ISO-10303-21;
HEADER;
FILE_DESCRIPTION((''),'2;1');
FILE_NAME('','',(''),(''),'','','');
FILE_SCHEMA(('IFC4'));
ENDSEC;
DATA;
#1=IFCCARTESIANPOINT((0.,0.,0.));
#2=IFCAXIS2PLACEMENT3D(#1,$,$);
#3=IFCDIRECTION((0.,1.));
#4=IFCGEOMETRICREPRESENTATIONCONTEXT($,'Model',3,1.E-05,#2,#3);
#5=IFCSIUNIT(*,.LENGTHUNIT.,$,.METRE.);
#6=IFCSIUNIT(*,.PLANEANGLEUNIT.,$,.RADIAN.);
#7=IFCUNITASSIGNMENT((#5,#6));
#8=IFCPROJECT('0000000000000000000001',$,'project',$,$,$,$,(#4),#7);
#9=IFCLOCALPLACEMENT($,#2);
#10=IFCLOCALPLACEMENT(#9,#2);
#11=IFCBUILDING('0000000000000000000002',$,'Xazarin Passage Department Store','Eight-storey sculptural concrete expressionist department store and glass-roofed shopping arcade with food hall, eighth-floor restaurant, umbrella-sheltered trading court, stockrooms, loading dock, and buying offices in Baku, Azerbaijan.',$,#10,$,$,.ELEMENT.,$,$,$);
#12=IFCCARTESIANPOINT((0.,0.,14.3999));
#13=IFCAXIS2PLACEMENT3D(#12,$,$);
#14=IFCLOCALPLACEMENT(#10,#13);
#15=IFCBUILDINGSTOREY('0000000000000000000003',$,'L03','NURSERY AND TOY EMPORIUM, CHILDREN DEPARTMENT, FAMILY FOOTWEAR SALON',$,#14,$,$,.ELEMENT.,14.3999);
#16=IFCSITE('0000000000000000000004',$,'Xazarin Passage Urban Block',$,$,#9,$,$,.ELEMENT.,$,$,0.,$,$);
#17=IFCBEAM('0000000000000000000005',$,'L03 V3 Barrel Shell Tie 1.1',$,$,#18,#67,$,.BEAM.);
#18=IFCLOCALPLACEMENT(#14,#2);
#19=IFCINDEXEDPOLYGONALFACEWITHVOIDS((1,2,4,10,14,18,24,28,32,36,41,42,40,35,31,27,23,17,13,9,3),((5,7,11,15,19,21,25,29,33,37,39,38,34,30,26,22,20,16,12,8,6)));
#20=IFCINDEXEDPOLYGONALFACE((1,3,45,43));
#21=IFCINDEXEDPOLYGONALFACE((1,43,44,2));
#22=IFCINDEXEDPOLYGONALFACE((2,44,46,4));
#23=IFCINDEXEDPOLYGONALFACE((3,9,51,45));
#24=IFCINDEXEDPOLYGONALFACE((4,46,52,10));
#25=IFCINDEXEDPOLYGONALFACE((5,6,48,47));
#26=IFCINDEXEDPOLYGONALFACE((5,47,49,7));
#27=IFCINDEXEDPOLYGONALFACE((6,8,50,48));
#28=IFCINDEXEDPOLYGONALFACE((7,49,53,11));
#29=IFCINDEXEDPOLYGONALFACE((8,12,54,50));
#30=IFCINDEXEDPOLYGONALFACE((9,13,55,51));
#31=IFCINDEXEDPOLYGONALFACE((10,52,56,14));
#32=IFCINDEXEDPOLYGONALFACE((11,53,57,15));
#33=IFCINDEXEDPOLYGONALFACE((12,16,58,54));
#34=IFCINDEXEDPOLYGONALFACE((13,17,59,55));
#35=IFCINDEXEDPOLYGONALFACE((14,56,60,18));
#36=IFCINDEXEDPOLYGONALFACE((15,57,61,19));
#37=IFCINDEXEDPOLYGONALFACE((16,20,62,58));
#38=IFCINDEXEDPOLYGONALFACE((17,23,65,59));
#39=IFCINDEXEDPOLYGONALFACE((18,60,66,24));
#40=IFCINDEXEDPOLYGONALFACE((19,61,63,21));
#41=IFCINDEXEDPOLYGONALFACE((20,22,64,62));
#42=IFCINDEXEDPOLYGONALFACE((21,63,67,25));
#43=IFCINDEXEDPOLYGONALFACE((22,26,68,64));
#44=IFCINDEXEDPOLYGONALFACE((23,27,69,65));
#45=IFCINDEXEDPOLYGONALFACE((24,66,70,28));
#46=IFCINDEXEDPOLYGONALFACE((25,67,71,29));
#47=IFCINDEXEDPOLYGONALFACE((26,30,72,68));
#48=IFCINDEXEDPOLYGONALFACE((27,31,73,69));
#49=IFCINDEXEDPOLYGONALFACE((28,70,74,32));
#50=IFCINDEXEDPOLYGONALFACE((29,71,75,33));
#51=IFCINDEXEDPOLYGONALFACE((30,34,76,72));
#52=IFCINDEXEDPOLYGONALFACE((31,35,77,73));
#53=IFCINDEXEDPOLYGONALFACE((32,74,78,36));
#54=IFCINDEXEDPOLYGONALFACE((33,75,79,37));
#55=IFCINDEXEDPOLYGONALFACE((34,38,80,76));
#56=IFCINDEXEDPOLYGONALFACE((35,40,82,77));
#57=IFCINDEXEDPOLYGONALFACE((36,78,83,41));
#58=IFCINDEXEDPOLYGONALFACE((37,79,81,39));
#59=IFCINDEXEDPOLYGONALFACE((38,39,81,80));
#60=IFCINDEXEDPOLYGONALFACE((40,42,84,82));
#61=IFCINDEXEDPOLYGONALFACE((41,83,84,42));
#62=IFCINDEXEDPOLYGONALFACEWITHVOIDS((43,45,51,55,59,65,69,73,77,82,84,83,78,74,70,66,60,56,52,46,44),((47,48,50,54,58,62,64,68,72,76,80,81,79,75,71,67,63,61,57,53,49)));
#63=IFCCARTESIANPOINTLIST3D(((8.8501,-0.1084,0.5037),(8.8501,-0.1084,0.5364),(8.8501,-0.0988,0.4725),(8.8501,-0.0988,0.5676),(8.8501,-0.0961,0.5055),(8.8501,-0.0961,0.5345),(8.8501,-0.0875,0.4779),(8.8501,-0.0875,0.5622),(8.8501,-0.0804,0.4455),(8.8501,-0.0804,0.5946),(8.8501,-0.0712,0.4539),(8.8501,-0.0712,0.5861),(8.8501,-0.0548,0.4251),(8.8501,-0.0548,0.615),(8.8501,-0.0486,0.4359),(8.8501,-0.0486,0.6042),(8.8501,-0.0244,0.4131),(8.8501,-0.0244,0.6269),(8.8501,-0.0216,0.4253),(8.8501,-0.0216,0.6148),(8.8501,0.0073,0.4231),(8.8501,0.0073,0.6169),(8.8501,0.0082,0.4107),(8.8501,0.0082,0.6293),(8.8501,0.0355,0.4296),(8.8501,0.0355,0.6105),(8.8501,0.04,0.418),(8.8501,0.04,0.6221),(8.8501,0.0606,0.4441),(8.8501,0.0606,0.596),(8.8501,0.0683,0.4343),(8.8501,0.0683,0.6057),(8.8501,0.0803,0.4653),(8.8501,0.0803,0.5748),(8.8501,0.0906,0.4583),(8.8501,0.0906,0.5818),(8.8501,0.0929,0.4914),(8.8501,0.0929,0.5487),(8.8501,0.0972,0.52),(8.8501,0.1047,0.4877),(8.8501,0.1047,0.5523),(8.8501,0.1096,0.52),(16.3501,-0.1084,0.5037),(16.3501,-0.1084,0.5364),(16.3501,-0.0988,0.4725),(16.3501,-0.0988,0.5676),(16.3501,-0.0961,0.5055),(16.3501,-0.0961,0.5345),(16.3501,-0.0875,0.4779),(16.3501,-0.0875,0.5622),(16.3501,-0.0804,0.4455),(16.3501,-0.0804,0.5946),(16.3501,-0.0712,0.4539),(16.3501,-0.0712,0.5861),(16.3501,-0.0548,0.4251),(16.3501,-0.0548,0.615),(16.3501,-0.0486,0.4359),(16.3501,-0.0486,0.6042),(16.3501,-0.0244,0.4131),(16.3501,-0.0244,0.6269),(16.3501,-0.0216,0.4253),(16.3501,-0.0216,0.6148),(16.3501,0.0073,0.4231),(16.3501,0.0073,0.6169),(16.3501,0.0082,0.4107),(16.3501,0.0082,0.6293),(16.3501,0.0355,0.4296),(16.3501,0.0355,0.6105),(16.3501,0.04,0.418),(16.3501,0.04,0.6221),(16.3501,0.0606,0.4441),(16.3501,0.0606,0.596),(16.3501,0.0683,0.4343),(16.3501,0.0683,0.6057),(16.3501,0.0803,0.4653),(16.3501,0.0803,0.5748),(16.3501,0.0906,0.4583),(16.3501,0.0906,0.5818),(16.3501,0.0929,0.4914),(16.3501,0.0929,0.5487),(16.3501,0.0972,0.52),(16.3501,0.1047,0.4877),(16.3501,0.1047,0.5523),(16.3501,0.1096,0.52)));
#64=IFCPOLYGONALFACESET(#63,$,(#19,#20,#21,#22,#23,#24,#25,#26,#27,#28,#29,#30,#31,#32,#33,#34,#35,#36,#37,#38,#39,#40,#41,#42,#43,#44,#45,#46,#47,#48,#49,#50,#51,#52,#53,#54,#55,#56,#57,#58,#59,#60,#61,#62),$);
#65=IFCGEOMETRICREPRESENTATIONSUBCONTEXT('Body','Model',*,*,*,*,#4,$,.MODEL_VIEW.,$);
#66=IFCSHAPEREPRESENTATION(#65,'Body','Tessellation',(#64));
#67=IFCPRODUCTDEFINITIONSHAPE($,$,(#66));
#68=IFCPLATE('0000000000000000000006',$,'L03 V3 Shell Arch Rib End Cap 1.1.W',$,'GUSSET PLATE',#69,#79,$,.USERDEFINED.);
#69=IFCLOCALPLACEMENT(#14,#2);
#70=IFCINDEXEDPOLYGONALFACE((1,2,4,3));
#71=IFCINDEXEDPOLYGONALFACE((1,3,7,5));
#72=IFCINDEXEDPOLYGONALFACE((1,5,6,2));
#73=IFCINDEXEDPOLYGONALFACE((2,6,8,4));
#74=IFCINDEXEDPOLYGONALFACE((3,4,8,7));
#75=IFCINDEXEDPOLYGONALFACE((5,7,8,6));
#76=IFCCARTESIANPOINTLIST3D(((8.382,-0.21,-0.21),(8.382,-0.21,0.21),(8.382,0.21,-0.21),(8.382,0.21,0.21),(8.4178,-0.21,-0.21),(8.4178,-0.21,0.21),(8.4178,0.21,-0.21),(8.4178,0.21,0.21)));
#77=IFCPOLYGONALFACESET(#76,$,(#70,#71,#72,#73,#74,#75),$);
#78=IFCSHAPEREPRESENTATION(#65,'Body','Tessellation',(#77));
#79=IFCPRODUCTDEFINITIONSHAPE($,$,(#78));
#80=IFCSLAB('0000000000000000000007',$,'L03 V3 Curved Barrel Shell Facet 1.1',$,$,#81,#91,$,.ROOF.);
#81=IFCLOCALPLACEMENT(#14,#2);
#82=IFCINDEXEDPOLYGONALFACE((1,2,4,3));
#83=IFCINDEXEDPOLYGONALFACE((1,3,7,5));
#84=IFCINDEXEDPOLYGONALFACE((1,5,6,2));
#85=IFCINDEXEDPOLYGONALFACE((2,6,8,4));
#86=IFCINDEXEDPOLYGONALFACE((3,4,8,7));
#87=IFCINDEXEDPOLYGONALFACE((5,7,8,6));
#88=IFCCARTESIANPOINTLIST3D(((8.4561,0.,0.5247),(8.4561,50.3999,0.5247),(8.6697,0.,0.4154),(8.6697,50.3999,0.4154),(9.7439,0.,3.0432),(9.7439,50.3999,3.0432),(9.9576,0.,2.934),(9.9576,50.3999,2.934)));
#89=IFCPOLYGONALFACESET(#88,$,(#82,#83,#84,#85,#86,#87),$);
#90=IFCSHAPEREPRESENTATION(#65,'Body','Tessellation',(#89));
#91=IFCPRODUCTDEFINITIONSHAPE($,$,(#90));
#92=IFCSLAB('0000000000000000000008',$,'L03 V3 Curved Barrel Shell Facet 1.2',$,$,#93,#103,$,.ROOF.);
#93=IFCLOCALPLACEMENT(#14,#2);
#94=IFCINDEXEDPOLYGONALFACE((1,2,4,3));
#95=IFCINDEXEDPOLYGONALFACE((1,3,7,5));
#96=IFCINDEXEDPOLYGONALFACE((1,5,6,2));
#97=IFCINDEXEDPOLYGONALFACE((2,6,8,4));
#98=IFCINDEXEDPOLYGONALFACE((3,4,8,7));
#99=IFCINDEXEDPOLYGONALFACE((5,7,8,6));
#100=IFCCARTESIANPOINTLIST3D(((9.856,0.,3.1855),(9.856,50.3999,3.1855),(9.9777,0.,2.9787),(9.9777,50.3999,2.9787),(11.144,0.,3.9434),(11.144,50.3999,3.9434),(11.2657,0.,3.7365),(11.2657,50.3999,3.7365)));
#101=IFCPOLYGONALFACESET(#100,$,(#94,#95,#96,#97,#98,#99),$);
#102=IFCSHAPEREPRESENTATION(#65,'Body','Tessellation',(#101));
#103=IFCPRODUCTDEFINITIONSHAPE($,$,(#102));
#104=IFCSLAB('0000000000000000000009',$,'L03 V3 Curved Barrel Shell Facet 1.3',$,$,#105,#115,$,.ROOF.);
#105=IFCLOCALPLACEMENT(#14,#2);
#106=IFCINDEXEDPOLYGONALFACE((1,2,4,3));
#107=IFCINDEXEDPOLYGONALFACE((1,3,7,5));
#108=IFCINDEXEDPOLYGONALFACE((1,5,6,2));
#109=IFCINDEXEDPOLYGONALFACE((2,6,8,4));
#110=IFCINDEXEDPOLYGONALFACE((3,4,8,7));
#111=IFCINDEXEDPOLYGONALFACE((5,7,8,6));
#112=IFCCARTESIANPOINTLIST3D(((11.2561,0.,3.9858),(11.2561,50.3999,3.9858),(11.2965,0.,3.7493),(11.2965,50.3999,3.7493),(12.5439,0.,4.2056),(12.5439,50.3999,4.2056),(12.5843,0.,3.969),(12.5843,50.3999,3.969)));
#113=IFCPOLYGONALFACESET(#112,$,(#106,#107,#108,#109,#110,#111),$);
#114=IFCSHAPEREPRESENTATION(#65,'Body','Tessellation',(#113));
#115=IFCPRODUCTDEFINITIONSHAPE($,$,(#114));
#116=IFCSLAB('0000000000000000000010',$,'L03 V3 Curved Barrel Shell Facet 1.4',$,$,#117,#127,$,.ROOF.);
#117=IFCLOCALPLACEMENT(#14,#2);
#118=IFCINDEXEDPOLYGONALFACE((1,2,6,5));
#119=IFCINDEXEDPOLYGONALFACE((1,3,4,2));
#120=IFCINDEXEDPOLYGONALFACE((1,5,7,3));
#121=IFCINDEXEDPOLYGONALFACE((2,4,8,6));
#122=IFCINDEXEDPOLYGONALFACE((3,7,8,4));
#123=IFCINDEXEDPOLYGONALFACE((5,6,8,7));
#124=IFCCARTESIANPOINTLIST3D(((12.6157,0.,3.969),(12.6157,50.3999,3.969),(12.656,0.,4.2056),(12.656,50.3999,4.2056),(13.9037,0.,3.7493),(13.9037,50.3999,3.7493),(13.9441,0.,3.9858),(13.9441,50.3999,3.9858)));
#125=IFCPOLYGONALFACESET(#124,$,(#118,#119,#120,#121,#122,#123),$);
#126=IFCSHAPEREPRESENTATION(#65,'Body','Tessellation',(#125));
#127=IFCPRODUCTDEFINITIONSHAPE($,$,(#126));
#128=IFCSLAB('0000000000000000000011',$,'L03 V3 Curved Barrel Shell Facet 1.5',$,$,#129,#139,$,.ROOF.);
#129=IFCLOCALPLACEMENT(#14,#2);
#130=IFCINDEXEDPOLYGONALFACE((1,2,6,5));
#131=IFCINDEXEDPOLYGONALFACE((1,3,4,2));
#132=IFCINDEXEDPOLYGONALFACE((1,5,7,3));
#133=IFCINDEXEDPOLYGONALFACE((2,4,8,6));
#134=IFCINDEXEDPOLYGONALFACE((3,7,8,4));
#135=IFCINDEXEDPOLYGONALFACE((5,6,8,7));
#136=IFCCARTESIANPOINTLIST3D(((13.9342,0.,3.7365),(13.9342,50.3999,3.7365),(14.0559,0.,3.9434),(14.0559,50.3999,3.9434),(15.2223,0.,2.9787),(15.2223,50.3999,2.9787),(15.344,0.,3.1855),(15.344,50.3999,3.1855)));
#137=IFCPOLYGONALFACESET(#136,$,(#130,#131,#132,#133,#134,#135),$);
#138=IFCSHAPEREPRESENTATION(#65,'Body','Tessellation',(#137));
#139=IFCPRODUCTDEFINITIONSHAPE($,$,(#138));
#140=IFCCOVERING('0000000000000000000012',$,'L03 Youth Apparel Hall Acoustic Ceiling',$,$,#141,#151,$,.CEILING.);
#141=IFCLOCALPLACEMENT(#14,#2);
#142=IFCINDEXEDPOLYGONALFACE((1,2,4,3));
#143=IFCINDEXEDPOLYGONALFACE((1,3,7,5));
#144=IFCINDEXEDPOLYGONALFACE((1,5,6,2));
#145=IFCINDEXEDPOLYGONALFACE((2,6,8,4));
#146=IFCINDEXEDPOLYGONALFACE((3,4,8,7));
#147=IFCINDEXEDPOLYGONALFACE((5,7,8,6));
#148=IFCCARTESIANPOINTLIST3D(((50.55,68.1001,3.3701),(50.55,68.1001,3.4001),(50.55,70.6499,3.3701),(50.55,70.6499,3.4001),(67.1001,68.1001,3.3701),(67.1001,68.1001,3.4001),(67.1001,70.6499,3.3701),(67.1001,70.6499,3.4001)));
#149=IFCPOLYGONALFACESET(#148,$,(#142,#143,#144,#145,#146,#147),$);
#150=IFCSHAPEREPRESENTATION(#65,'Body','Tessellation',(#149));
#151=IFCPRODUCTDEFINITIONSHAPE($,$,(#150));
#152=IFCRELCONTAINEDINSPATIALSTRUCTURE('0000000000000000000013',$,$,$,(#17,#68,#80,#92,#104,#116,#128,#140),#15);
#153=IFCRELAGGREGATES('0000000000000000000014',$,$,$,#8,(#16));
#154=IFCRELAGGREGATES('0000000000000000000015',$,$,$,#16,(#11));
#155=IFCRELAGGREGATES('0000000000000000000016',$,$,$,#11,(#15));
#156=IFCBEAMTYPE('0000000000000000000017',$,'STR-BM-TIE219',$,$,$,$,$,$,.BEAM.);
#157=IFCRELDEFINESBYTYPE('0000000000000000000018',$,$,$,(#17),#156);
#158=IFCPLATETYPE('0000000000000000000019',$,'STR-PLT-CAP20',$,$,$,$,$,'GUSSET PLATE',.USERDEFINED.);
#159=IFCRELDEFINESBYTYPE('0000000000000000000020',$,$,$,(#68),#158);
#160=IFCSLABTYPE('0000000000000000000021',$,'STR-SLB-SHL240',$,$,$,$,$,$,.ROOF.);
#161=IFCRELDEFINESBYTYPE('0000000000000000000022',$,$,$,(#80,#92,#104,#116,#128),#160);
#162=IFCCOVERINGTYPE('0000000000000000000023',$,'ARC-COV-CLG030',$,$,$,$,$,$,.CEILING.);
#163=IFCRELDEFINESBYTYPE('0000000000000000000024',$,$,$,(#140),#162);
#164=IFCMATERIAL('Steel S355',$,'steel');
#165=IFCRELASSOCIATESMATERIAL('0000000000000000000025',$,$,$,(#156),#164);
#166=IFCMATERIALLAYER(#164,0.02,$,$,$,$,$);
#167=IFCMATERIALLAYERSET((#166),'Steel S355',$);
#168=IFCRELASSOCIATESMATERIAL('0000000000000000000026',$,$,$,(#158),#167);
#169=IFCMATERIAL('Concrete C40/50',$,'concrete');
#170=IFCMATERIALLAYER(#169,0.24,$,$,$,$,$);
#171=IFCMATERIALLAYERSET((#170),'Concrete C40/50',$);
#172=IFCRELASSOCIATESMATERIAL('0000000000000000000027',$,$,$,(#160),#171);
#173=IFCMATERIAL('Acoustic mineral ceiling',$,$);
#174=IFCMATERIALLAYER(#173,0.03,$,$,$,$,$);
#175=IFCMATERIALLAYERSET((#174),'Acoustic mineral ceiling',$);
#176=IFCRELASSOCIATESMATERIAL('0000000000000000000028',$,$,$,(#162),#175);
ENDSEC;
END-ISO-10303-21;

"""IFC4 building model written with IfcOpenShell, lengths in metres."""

from ifc_helpers import new_model, si_unit, direction, frame, origin, origin_2d, place, context, subcontext, project, spatial, polyline, rectangle, hollow_circle, outline, extrude, material, layer, layer_set, material_profile, profile_set, type_object, element, save


model = new_model("IFC4")

# Units and contexts
model_context = context("Model", 3, precision=1e-05, world=origin(), true_north=direction((0.0, 1.0)))
body_context = subcontext(model_context, "Body", "Model", "MODEL_VIEW")
ifc_project = project(units=[si_unit("LENGTHUNIT", "METRE"), si_unit("PLANEANGLEUNIT", "RADIAN")], contexts=[model_context])

# Site, building, storey
site_placement = place(None, origin())
site = spatial("IfcSite", under=ifc_project, at=site_placement, Name="Xazarin Passage Urban Block", CompositionType="ELEMENT", RefElevation=0.0)
building_placement = place(site_placement, origin())
building = spatial("IfcBuilding", under=site, at=building_placement, Name="Xazarin Passage Department Store", Description="Eight-storey sculptural concrete expressionist department store and glass-roofed shopping arcade with food hall, eighth-floor restaurant, umbrella-sheltered trading court, stockrooms, loading dock, and buying offices in Baku, Azerbaijan.", CompositionType="ELEMENT")
storey_placement = place(building_placement, frame((0.0, 0.0, 14.3999)))
storey = spatial("IfcBuildingStorey", under=building, at=storey_placement, Name="L03", Description="NURSERY AND TOY EMPORIUM, CHILDREN DEPARTMENT, FAMILY FOOTWEAR SALON", CompositionType="ELEMENT", Elevation=14.3999)

# Beam
ifc_material_1 = material(Name="Steel S355", Category="steel")
ifc_material_profile_1 = material_profile(ifc_material_1, hollow_circle(Radius=0.1096, WallThickness=0.0125, at=origin_2d()), Name="CHS 219.1x12.5")
ifc_profile_set_1 = profile_set([ifc_material_profile_1], Name="Steel S355")
beam_type_1 = type_object("IfcBeamType", Name="STR-BM-TIE219", PredefinedType="BEAM", material=ifc_profile_set_1)
beam_1_placement = place(storey_placement, frame((8.8501, 0.0, 0.52), z_axis=(1.0, 0.0, 0.0), x_axis=(0.0, 1.0, 0.0)))
element("IfcBeam", 1, at=beam_1_placement, inside=storey, type_object=beam_type_1, Name="L03 V3 Barrel Shell Tie 1.1", PredefinedType="BEAM", context=body_context, shape_type="SweptSolid", body=[
    extrude(hollow_circle(Radius=0.1096, WallThickness=0.0125, at=origin_2d()), origin(), (0.0, 0.0, 1.0), 7.5),
])

# Plate
ifc_layer_1 = layer(ifc_material_1, 0.02)
ifc_layer_set_1 = layer_set([ifc_layer_1], Name="Steel S355")
plate_type = type_object("IfcPlateType", Name="STR-PLT-CAP20", ElementType="GUSSET PLATE", PredefinedType="USERDEFINED", material=ifc_layer_set_1)
plate_placement = place(storey_placement, frame((8.3999, 0.0, -0.21), z_axis=(0.0, 0.0, 1.0), x_axis=(1.0, 0.0, 0.0)))
element("IfcPlate", 2, at=plate_placement, inside=storey, type_object=plate_type, Name="L03 V3 Shell Arch Rib End Cap 1.1.W", ObjectType="GUSSET PLATE", PredefinedType="USERDEFINED", context=body_context, shape_type="SweptSolid", body=[
    extrude(rectangle(XDim=0.0359, YDim=0.4199, at=origin_2d()), origin(), (0.0, 0.0, 1.0), 0.4199),
])

# Slabs
ifc_material_2 = material(Name="Concrete C40/50", Category="concrete")
ifc_layer_2 = layer(ifc_material_2, 0.24)
ifc_layer_set_2 = layer_set([ifc_layer_2], Name="Concrete C40/50")
slab_type = type_object("IfcSlabType", Name="STR-SLB-SHL240", PredefinedType="ROOF", material=ifc_layer_set_2)
slab_1_placement = place(storey_placement, frame((8.4561, 0.0, 0.5247), z_axis=(-0.890352, 0.0, 0.455274), x_axis=(0.455274, 0.0, 0.890352)))
element("IfcSlab", 3, at=slab_1_placement, inside=storey, type_object=slab_type, Name="L03 V3 Curved Barrel Shell Facet 1.1", PredefinedType="ROOF", context=body_context, shape_type="SweptSolid", body=[
    extrude(outline(polyline([(0.0, 0.0), (2.8287, 0.0), (2.8287, 50.3999), (0.0, 50.3999), (0.0, 0.0)])), origin(), (0.0, 0.0, -1.0), 0.24),
])
slab_2_placement = place(storey_placement, frame((9.856, 0.0, 3.1855), z_axis=(-0.507077, 0.0, 0.861901), x_axis=(0.861901, 0.0, 0.507077)))
element("IfcSlab", 4, at=slab_2_placement, inside=storey, type_object=slab_type, Name="L03 V3 Curved Barrel Shell Facet 1.2", PredefinedType="ROOF", context=body_context, shape_type="SweptSolid", body=[
    extrude(outline(polyline([(0.0, 0.0), (1.4945, 0.0), (1.4945, 50.3999), (0.0, 50.3999), (0.0, 0.0)])), origin(), (0.0, 0.0, -1.0), 0.24),
])
slab_3_placement = place(storey_placement, frame((11.2561, 0.0, 3.9858), z_axis=(-0.168186, 0.0, 0.985755), x_axis=(0.985755, 0.0, 0.168186)))
element("IfcSlab", 5, at=slab_3_placement, inside=storey, type_object=slab_type, Name="L03 V3 Curved Barrel Shell Facet 1.3", PredefinedType="ROOF", context=body_context, shape_type="SweptSolid", body=[
    extrude(outline(polyline([(0.0, 0.0), (1.3065, 0.0), (1.3065, 50.3999), (0.0, 50.3999), (0.0, 0.0)])), origin(), (0.0, 0.0, -1.0), 0.24),
])
slab_4_placement = place(storey_placement, frame((12.656, 0.0, 4.2056), z_axis=(0.168155, 0.0, 0.985761), x_axis=(0.985761, 0.0, -0.168155)))
element("IfcSlab", 6, at=slab_4_placement, inside=storey, type_object=slab_type, Name="L03 V3 Curved Barrel Shell Facet 1.4", PredefinedType="ROOF", context=body_context, shape_type="SweptSolid", body=[
    extrude(outline(polyline([(0.0, 0.0), (1.3067, 0.0), (1.3067, 50.3999), (0.0, 50.3999), (0.0, 0.0)])), origin(), (0.0, 0.0, -1.0), 0.24),
])
slab_5_placement = place(storey_placement, frame((14.0559, 0.0, 3.9434), z_axis=(0.507077, 0.0, 0.861901), x_axis=(0.861901, 0.0, -0.507077)))
element("IfcSlab", 7, at=slab_5_placement, inside=storey, type_object=slab_type, Name="L03 V3 Curved Barrel Shell Facet 1.5", PredefinedType="ROOF", context=body_context, shape_type="SweptSolid", body=[
    extrude(outline(polyline([(0.0, 0.0), (1.4945, 0.0), (1.4945, 50.3999), (0.0, 50.3999), (0.0, 0.0)])), origin(), (0.0, 0.0, -1.0), 0.24),
])

# Covering
ifc_material_3 = material(Name="Acoustic mineral ceiling")
ifc_layer_3 = layer(ifc_material_3, 0.03)
ifc_layer_set_3 = layer_set([ifc_layer_3], Name="Acoustic mineral ceiling")
covering_type_1 = type_object("IfcCoveringType", Name="ARC-COV-CLG030", PredefinedType="CEILING", material=ifc_layer_set_3)
covering_1_placement = place(storey_placement, frame((0.0, 0.0, 3.3701)))
element("IfcCovering", 8, at=covering_1_placement, inside=storey, type_object=covering_type_1, Name="L03 Youth Apparel Hall Acoustic Ceiling", PredefinedType="CEILING", context=body_context, shape_type="SweptSolid", body=[
    extrude(outline(polyline([(50.55, 68.1001), (67.1001, 68.1001), (67.1001, 70.6499), (50.55, 70.6499), (50.55, 68.1001)])), origin(), (0.0, 0.0, 1.0), 0.03),
])

save(model, "model.ifc")
